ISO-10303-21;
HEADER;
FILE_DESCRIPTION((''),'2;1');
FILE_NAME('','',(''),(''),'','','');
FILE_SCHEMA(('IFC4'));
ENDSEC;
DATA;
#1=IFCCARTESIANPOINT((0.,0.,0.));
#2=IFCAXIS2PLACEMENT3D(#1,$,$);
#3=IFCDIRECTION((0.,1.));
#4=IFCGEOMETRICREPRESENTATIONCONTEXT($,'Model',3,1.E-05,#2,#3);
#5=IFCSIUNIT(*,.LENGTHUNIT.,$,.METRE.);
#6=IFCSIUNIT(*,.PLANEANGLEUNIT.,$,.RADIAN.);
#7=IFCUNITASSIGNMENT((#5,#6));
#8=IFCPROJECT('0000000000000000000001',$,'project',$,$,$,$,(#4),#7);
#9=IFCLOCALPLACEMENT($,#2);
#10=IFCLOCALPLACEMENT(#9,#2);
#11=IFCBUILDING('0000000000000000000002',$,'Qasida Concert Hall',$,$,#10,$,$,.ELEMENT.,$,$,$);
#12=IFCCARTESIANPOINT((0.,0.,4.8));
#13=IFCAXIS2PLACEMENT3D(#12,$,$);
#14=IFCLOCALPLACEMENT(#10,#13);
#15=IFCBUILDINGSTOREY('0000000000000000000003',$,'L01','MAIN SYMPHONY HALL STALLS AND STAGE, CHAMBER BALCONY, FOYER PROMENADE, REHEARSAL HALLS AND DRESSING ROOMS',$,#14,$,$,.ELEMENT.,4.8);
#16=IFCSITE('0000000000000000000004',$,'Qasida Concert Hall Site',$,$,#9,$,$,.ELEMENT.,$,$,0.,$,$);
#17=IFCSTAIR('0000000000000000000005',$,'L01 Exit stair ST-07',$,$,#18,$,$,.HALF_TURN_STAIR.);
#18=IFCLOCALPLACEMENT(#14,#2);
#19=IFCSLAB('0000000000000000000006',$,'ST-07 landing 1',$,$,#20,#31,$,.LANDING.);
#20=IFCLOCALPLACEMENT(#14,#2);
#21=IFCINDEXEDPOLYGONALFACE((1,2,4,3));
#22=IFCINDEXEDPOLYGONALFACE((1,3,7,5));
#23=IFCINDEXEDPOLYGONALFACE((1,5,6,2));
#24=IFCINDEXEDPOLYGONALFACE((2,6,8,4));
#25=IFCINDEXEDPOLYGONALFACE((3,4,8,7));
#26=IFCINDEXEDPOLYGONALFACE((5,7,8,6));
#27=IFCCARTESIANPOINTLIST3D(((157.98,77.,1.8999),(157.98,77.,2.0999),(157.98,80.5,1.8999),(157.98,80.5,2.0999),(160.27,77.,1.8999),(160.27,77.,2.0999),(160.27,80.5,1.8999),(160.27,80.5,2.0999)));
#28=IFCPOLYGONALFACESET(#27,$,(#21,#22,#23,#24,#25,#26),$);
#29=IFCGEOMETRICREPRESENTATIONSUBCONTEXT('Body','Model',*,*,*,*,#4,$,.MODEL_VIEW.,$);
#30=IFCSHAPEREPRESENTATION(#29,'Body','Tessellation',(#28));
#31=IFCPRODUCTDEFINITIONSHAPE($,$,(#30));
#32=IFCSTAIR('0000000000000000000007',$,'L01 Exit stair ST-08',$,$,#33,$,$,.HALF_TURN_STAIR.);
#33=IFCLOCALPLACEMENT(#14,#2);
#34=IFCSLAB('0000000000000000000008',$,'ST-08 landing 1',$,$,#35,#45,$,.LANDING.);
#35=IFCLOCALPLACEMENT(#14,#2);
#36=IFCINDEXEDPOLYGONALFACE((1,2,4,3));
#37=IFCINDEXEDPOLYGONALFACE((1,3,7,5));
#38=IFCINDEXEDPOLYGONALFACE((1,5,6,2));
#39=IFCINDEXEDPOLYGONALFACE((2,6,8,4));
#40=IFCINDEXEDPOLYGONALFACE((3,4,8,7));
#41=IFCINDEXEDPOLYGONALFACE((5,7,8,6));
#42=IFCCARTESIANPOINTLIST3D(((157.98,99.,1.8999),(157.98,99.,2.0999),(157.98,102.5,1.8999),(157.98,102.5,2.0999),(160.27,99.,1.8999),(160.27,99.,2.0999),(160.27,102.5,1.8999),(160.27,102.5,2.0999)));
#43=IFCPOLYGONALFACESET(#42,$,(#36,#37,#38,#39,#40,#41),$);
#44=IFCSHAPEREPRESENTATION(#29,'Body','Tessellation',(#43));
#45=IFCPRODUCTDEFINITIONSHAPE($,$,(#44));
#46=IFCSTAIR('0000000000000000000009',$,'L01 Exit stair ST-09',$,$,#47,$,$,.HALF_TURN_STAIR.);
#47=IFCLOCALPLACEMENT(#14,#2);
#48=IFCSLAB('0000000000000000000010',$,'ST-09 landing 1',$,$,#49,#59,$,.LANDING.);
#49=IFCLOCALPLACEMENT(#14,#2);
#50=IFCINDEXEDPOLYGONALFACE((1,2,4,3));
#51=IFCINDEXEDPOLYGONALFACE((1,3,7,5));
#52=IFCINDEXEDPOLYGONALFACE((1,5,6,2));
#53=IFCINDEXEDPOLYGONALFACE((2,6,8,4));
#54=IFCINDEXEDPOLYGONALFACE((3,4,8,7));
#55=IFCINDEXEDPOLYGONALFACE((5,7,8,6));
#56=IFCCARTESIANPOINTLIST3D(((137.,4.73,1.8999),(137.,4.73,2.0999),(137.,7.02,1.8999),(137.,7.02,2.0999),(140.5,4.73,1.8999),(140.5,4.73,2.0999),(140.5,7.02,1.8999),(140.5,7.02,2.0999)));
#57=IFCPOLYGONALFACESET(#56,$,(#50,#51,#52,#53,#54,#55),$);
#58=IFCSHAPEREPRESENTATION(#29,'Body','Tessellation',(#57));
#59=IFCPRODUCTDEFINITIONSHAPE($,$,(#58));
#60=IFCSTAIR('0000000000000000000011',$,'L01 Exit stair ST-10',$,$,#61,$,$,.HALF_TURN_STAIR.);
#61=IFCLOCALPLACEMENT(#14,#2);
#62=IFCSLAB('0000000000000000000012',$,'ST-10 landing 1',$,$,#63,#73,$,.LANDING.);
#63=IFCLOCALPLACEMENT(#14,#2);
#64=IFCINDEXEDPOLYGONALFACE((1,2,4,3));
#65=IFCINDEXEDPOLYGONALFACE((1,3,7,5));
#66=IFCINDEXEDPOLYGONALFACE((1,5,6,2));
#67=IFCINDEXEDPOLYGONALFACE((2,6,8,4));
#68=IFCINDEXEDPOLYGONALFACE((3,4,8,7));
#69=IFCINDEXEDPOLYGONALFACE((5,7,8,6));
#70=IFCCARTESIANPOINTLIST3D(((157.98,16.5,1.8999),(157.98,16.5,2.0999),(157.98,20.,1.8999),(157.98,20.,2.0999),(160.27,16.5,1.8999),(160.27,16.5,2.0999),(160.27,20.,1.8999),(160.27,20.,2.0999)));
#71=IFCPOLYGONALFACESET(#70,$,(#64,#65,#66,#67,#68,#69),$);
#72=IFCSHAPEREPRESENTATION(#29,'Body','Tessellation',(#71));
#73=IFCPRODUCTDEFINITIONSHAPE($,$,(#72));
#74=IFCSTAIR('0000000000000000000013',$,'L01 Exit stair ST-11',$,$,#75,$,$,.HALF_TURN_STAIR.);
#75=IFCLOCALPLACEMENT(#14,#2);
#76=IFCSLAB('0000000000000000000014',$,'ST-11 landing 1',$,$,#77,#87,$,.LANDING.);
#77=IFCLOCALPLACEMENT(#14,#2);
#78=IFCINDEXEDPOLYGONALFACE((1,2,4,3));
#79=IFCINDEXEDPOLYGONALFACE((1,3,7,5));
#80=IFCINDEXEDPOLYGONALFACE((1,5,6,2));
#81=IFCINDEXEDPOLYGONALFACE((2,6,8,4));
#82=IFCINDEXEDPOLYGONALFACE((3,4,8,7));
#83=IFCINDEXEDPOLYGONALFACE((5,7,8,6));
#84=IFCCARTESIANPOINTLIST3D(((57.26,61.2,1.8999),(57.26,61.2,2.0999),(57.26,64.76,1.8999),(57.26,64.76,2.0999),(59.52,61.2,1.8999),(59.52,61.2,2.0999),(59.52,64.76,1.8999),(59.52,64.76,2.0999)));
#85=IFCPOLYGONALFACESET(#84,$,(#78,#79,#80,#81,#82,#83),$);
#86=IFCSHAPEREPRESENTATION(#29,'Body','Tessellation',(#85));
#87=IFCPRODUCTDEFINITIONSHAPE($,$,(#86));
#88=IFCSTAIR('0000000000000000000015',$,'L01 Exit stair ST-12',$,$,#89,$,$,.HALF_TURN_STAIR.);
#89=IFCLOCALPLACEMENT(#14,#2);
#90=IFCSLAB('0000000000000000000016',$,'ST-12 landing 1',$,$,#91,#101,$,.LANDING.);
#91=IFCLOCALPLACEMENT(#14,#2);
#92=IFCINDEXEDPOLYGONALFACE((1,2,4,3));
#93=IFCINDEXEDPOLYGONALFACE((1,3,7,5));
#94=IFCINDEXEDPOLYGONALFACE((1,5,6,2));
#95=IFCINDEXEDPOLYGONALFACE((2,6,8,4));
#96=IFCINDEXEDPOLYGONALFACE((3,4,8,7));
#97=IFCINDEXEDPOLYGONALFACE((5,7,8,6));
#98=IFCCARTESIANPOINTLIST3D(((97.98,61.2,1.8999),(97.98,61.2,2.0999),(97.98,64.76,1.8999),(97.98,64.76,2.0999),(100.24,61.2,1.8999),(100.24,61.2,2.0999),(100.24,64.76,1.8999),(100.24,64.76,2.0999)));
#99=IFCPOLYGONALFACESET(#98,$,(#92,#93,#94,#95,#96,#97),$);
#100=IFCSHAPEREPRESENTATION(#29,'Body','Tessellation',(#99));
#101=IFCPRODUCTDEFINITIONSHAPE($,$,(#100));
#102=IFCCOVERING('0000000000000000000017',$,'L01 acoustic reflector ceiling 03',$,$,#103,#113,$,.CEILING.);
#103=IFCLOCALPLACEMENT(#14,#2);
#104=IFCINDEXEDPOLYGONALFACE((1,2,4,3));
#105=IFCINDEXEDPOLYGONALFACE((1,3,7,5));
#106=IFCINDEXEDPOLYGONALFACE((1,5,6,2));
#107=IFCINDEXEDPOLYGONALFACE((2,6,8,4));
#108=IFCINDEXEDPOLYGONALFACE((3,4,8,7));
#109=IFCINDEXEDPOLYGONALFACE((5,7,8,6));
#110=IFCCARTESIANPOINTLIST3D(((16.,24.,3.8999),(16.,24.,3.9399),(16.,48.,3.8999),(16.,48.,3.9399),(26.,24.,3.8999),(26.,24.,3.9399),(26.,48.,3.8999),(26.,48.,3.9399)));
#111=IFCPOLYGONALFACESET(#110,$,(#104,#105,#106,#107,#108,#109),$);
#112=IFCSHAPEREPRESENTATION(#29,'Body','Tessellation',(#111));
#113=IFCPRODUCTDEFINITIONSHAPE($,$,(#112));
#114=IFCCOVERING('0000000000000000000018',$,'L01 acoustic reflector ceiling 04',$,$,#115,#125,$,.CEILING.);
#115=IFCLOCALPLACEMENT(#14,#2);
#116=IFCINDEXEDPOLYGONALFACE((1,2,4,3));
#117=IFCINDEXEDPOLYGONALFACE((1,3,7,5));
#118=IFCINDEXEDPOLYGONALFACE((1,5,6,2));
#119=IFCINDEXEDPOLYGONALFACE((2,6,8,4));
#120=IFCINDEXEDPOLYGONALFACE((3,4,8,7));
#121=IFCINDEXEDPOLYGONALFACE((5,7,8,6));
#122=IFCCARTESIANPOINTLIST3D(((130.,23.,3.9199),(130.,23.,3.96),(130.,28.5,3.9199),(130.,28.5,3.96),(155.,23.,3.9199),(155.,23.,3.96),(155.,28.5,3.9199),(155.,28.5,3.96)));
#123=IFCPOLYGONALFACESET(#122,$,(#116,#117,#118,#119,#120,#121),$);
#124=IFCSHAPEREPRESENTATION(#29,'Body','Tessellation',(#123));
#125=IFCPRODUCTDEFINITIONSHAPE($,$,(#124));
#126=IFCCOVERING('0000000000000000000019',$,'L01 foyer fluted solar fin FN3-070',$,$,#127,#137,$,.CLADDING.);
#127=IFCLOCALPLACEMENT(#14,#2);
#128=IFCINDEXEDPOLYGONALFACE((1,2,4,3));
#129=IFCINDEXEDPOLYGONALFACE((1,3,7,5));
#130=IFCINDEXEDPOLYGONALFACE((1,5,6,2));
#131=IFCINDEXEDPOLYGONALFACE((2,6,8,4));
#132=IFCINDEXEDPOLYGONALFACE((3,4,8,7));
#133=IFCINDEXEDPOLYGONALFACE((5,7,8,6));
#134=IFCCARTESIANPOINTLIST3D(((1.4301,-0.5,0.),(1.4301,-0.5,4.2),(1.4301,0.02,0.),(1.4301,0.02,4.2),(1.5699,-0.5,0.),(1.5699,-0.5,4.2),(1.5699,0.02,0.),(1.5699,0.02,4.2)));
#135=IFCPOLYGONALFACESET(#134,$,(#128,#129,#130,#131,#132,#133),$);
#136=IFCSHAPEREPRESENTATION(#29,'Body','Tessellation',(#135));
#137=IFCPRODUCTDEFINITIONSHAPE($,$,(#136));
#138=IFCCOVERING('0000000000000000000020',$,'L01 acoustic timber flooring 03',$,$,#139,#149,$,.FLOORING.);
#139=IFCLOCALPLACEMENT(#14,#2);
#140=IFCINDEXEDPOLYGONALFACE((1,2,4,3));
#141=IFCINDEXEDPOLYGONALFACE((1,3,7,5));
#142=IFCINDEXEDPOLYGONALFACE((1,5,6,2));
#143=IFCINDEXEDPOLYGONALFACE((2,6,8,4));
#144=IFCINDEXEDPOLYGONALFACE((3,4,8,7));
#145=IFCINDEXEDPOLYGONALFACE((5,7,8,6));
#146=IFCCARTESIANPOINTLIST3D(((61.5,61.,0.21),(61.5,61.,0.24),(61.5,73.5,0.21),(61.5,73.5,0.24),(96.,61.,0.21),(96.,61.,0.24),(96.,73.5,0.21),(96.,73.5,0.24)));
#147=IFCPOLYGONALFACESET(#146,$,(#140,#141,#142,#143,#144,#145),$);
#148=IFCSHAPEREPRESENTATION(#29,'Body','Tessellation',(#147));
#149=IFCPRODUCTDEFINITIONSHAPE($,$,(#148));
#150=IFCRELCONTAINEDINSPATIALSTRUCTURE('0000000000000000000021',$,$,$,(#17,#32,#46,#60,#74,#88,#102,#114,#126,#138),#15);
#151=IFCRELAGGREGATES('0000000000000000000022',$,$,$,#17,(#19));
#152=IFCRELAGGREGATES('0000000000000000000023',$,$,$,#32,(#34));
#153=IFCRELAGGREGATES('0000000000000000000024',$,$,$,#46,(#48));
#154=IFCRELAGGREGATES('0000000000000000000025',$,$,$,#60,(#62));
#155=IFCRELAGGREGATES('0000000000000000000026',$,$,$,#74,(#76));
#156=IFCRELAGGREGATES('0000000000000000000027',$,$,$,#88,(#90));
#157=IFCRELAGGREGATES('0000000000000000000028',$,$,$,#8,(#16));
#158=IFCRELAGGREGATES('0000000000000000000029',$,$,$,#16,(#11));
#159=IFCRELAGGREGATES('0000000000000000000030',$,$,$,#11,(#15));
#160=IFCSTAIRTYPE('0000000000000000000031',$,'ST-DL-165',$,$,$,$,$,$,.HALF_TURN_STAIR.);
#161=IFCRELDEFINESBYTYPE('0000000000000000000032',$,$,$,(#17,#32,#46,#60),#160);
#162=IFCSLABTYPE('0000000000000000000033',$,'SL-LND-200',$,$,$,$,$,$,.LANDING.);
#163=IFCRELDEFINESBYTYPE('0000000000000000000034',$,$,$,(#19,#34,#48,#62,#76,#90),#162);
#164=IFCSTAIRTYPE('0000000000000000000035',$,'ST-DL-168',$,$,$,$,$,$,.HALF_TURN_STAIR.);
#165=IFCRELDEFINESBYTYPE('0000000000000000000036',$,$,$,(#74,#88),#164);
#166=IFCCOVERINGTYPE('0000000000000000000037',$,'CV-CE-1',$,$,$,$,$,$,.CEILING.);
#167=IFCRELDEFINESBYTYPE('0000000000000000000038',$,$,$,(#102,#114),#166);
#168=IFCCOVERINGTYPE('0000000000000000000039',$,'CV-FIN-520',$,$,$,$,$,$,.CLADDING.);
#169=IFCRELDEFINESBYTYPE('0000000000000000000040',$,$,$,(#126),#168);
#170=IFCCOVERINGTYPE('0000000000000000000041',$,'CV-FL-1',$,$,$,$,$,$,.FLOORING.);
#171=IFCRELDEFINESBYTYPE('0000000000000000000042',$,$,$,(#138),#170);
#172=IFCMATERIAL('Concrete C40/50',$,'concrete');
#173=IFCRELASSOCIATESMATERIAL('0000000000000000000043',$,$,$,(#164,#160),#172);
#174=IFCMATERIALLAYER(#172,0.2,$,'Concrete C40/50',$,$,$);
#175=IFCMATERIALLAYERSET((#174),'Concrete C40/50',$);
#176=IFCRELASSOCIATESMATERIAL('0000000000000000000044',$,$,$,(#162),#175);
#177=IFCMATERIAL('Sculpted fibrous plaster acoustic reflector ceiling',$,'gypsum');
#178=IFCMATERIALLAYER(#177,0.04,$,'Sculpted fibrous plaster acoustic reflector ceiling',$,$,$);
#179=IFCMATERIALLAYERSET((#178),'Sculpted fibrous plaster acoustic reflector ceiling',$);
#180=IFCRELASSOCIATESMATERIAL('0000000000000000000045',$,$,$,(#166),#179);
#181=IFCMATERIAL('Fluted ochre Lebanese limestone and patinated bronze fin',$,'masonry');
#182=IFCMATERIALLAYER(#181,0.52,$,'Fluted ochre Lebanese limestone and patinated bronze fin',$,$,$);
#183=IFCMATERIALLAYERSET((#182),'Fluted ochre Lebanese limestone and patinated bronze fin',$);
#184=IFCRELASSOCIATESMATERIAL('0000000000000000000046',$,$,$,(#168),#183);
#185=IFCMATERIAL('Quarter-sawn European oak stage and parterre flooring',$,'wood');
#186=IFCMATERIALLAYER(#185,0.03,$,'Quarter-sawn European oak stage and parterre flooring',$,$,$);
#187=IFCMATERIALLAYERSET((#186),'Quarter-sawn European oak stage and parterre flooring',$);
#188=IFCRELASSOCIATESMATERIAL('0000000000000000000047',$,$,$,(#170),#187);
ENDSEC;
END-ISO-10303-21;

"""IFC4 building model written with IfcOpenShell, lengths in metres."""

from ifc_helpers import new_model, si_unit, direction, frame, origin, origin_2d, place, context, subcontext, project, spatial, polyline, rectangle, outline, extrude, material, layer, layer_set, type_object, element, aggregate, save


model = new_model("IFC4")

# Units and contexts
model_context = context("Model", 3, precision=1e-05, world=origin(), true_north=direction((0.0, 1.0)))
body_context = subcontext(model_context, "Body", "Model", "MODEL_VIEW")
ifc_project = project(units=[si_unit("LENGTHUNIT", "METRE"), si_unit("PLANEANGLEUNIT", "RADIAN")], contexts=[model_context])

# Site, building, storey
site_placement = place(None, origin())
site = spatial("IfcSite", under=ifc_project, at=site_placement, Name="Qasida Concert Hall Site", CompositionType="ELEMENT", RefElevation=0.0)
building_placement = place(site_placement, origin())
building = spatial("IfcBuilding", under=site, at=building_placement, Name="Qasida Concert Hall", CompositionType="ELEMENT")
storey_placement = place(building_placement, frame((0.0, 0.0, 4.8)))
storey = spatial("IfcBuildingStorey", under=building, at=storey_placement, Name="L01", Description="MAIN SYMPHONY HALL STALLS AND STAGE, CHAMBER BALCONY, FOYER PROMENADE, REHEARSAL HALLS AND DRESSING ROOMS", CompositionType="ELEMENT", Elevation=4.8)

# Shared definitions
ifc_material_1 = material(Name="Concrete C40/50", Category="concrete")

# Stairs, slabs
stair_type_1 = type_object("IfcStairType", Name="ST-DL-168", PredefinedType="HALF_TURN_STAIR", material=ifc_material_1)
ifc_layer_1 = layer(ifc_material_1, 0.2, Name="Concrete C40/50")
ifc_layer_set_1 = layer_set([ifc_layer_1], Name="Concrete C40/50")
slab_type = type_object("IfcSlabType", Name="SL-LND-200", PredefinedType="LANDING", material=ifc_layer_set_1)
stair_type_2 = type_object("IfcStairType", Name="ST-DL-165", PredefinedType="HALF_TURN_STAIR", material=ifc_material_1)
stair_1_placement = place(storey_placement, origin())
stair_1 = element("IfcStair", 1, at=stair_1_placement, inside=storey, type_object=stair_type_2, Name="L01 Exit stair ST-07", PredefinedType="HALF_TURN_STAIR")
slab_1_placement = place(storey_placement, frame((0.0, 0.0, 1.8999)))
slab_1 = element("IfcSlab", 2, at=slab_1_placement, type_object=slab_type, Name="ST-07 landing 1", PredefinedType="LANDING", context=body_context, shape_type="SweptSolid", body=[
    extrude(outline(polyline([(160.27, 80.5), (157.98, 80.5), (157.98, 77.0), (160.27, 77.0), (160.27, 80.5)])), origin(), (0.0, 0.0, 1.0), 0.2),
])
aggregate(stair_1, [slab_1])
stair_2_placement = place(storey_placement, origin())
stair_2 = element("IfcStair", 3, at=stair_2_placement, inside=storey, type_object=stair_type_2, Name="L01 Exit stair ST-08", PredefinedType="HALF_TURN_STAIR")
slab_2_placement = place(storey_placement, frame((0.0, 0.0, 1.8999)))
slab_2 = element("IfcSlab", 4, at=slab_2_placement, type_object=slab_type, Name="ST-08 landing 1", PredefinedType="LANDING", context=body_context, shape_type="SweptSolid", body=[
    extrude(outline(polyline([(160.27, 102.5), (157.98, 102.5), (157.98, 99.0), (160.27, 99.0), (160.27, 102.5)])), origin(), (0.0, 0.0, 1.0), 0.2),
])
aggregate(stair_2, [slab_2])
stair_3_placement = place(storey_placement, origin())
stair_3 = element("IfcStair", 5, at=stair_3_placement, inside=storey, type_object=stair_type_2, Name="L01 Exit stair ST-09", PredefinedType="HALF_TURN_STAIR")
slab_3_placement = place(storey_placement, frame((0.0, 0.0, 1.8999)))
slab_3 = element("IfcSlab", 6, at=slab_3_placement, type_object=slab_type, Name="ST-09 landing 1", PredefinedType="LANDING", context=body_context, shape_type="SweptSolid", body=[
    extrude(outline(polyline([(140.5, 4.73), (140.5, 7.02), (137.0, 7.02), (137.0, 4.73), (140.5, 4.73)])), origin(), (0.0, 0.0, 1.0), 0.2),
])
aggregate(stair_3, [slab_3])
stair_4_placement = place(storey_placement, origin())
stair_4 = element("IfcStair", 7, at=stair_4_placement, inside=storey, type_object=stair_type_2, Name="L01 Exit stair ST-10", PredefinedType="HALF_TURN_STAIR")
slab_4_placement = place(storey_placement, frame((0.0, 0.0, 1.8999)))
slab_4 = element("IfcSlab", 8, at=slab_4_placement, type_object=slab_type, Name="ST-10 landing 1", PredefinedType="LANDING", context=body_context, shape_type="SweptSolid", body=[
    extrude(outline(polyline([(160.27, 20.0), (157.98, 20.0), (157.98, 16.5), (160.27, 16.5), (160.27, 20.0)])), origin(), (0.0, 0.0, 1.0), 0.2),
])
aggregate(stair_4, [slab_4])
stair_5_placement = place(storey_placement, origin())
stair_5 = element("IfcStair", 9, at=stair_5_placement, inside=storey, type_object=stair_type_1, Name="L01 Exit stair ST-11", PredefinedType="HALF_TURN_STAIR")
slab_5_placement = place(storey_placement, frame((0.0, 0.0, 1.8999)))
slab_5 = element("IfcSlab", 10, at=slab_5_placement, type_object=slab_type, Name="ST-11 landing 1", PredefinedType="LANDING", context=body_context, shape_type="SweptSolid", body=[
    extrude(outline(polyline([(57.26, 61.2), (59.52, 61.2), (59.52, 64.76), (57.26, 64.76), (57.26, 61.2)])), origin(), (0.0, 0.0, 1.0), 0.2),
])
aggregate(stair_5, [slab_5])
stair_6_placement = place(storey_placement, origin())
stair_6 = element("IfcStair", 11, at=stair_6_placement, inside=storey, type_object=stair_type_1, Name="L01 Exit stair ST-12", PredefinedType="HALF_TURN_STAIR")
slab_6_placement = place(storey_placement, frame((0.0, 0.0, 1.8999)))
slab_6 = element("IfcSlab", 12, at=slab_6_placement, type_object=slab_type, Name="ST-12 landing 1", PredefinedType="LANDING", context=body_context, shape_type="SweptSolid", body=[
    extrude(outline(polyline([(100.24, 64.76), (97.98, 64.76), (97.98, 61.2), (100.24, 61.2), (100.24, 64.76)])), origin(), (0.0, 0.0, 1.0), 0.2),
])
aggregate(stair_6, [slab_6])

# Coverings
ifc_material_2 = material(Name="Sculpted fibrous plaster acoustic reflector ceiling", Category="gypsum")
ifc_layer_2 = layer(ifc_material_2, 0.04, Name="Sculpted fibrous plaster acoustic reflector ceiling")
ifc_layer_set_2 = layer_set([ifc_layer_2], Name="Sculpted fibrous plaster acoustic reflector ceiling")
covering_type_1 = type_object("IfcCoveringType", Name="CV-CE-1", PredefinedType="CEILING", material=ifc_layer_set_2)
covering_1_placement = place(storey_placement, frame((0.0, 0.0, 3.8999)))
element("IfcCovering", 13, at=covering_1_placement, inside=storey, type_object=covering_type_1, Name="L01 acoustic reflector ceiling 03", PredefinedType="CEILING", context=body_context, shape_type="SweptSolid", body=[
    extrude(outline(polyline([(16.0, 24.0), (26.0, 24.0), (26.0, 48.0), (16.0, 48.0), (16.0, 24.0)])), origin(), (0.0, 0.0, 1.0), 0.04),
])
covering_2_placement = place(storey_placement, frame((0.0, 0.0, 3.9199)))
element("IfcCovering", 14, at=covering_2_placement, inside=storey, type_object=covering_type_1, Name="L01 acoustic reflector ceiling 04", PredefinedType="CEILING", context=body_context, shape_type="SweptSolid", body=[
    extrude(outline(polyline([(130.0, 23.0), (155.0, 23.0), (155.0, 28.5), (130.0, 28.5), (130.0, 23.0)])), origin(), (0.0, 0.0, 1.0), 0.04),
])
ifc_material_3 = material(Name="Fluted ochre Lebanese limestone and patinated bronze fin", Category="masonry")
ifc_layer_3 = layer(ifc_material_3, 0.52, Name="Fluted ochre Lebanese limestone and patinated bronze fin")
ifc_layer_set_3 = layer_set([ifc_layer_3], Name="Fluted ochre Lebanese limestone and patinated bronze fin")
covering_type_2 = type_object("IfcCoveringType", Name="CV-FIN-520", PredefinedType="CLADDING", material=ifc_layer_set_3)
covering_3_placement = place(storey_placement, frame((1.5, -0.24, 0.0), z_axis=(0.0, 0.0, 1.0), x_axis=(1.0, 0.0, 0.0)))
element("IfcCovering", 15, at=covering_3_placement, inside=storey, type_object=covering_type_2, Name="L01 foyer fluted solar fin FN3-070", PredefinedType="CLADDING", context=body_context, shape_type="SweptSolid", body=[
    extrude(rectangle(XDim=0.1399, YDim=0.52, at=origin_2d()), origin(), (0.0, 0.0, 1.0), 4.2),
])
ifc_material_4 = material(Name="Quarter-sawn European oak stage and parterre flooring", Category="wood")
ifc_layer_4 = layer(ifc_material_4, 0.03, Name="Quarter-sawn European oak stage and parterre flooring")
ifc_layer_set_4 = layer_set([ifc_layer_4], Name="Quarter-sawn European oak stage and parterre flooring")
covering_type_3 = type_object("IfcCoveringType", Name="CV-FL-1", PredefinedType="FLOORING", material=ifc_layer_set_4)
covering_4_placement = place(storey_placement, frame((0.0, 0.0, 0.21)))
element("IfcCovering", 16, at=covering_4_placement, inside=storey, type_object=covering_type_3, Name="L01 acoustic timber flooring 03", PredefinedType="FLOORING", context=body_context, shape_type="SweptSolid", body=[
    extrude(outline(polyline([(61.5, 61.0), (96.0, 61.0), (96.0, 73.5), (61.5, 73.5), (61.5, 61.0)])), origin(), (0.0, 0.0, 1.0), 0.03),
])

save(model, "model.ifc")
